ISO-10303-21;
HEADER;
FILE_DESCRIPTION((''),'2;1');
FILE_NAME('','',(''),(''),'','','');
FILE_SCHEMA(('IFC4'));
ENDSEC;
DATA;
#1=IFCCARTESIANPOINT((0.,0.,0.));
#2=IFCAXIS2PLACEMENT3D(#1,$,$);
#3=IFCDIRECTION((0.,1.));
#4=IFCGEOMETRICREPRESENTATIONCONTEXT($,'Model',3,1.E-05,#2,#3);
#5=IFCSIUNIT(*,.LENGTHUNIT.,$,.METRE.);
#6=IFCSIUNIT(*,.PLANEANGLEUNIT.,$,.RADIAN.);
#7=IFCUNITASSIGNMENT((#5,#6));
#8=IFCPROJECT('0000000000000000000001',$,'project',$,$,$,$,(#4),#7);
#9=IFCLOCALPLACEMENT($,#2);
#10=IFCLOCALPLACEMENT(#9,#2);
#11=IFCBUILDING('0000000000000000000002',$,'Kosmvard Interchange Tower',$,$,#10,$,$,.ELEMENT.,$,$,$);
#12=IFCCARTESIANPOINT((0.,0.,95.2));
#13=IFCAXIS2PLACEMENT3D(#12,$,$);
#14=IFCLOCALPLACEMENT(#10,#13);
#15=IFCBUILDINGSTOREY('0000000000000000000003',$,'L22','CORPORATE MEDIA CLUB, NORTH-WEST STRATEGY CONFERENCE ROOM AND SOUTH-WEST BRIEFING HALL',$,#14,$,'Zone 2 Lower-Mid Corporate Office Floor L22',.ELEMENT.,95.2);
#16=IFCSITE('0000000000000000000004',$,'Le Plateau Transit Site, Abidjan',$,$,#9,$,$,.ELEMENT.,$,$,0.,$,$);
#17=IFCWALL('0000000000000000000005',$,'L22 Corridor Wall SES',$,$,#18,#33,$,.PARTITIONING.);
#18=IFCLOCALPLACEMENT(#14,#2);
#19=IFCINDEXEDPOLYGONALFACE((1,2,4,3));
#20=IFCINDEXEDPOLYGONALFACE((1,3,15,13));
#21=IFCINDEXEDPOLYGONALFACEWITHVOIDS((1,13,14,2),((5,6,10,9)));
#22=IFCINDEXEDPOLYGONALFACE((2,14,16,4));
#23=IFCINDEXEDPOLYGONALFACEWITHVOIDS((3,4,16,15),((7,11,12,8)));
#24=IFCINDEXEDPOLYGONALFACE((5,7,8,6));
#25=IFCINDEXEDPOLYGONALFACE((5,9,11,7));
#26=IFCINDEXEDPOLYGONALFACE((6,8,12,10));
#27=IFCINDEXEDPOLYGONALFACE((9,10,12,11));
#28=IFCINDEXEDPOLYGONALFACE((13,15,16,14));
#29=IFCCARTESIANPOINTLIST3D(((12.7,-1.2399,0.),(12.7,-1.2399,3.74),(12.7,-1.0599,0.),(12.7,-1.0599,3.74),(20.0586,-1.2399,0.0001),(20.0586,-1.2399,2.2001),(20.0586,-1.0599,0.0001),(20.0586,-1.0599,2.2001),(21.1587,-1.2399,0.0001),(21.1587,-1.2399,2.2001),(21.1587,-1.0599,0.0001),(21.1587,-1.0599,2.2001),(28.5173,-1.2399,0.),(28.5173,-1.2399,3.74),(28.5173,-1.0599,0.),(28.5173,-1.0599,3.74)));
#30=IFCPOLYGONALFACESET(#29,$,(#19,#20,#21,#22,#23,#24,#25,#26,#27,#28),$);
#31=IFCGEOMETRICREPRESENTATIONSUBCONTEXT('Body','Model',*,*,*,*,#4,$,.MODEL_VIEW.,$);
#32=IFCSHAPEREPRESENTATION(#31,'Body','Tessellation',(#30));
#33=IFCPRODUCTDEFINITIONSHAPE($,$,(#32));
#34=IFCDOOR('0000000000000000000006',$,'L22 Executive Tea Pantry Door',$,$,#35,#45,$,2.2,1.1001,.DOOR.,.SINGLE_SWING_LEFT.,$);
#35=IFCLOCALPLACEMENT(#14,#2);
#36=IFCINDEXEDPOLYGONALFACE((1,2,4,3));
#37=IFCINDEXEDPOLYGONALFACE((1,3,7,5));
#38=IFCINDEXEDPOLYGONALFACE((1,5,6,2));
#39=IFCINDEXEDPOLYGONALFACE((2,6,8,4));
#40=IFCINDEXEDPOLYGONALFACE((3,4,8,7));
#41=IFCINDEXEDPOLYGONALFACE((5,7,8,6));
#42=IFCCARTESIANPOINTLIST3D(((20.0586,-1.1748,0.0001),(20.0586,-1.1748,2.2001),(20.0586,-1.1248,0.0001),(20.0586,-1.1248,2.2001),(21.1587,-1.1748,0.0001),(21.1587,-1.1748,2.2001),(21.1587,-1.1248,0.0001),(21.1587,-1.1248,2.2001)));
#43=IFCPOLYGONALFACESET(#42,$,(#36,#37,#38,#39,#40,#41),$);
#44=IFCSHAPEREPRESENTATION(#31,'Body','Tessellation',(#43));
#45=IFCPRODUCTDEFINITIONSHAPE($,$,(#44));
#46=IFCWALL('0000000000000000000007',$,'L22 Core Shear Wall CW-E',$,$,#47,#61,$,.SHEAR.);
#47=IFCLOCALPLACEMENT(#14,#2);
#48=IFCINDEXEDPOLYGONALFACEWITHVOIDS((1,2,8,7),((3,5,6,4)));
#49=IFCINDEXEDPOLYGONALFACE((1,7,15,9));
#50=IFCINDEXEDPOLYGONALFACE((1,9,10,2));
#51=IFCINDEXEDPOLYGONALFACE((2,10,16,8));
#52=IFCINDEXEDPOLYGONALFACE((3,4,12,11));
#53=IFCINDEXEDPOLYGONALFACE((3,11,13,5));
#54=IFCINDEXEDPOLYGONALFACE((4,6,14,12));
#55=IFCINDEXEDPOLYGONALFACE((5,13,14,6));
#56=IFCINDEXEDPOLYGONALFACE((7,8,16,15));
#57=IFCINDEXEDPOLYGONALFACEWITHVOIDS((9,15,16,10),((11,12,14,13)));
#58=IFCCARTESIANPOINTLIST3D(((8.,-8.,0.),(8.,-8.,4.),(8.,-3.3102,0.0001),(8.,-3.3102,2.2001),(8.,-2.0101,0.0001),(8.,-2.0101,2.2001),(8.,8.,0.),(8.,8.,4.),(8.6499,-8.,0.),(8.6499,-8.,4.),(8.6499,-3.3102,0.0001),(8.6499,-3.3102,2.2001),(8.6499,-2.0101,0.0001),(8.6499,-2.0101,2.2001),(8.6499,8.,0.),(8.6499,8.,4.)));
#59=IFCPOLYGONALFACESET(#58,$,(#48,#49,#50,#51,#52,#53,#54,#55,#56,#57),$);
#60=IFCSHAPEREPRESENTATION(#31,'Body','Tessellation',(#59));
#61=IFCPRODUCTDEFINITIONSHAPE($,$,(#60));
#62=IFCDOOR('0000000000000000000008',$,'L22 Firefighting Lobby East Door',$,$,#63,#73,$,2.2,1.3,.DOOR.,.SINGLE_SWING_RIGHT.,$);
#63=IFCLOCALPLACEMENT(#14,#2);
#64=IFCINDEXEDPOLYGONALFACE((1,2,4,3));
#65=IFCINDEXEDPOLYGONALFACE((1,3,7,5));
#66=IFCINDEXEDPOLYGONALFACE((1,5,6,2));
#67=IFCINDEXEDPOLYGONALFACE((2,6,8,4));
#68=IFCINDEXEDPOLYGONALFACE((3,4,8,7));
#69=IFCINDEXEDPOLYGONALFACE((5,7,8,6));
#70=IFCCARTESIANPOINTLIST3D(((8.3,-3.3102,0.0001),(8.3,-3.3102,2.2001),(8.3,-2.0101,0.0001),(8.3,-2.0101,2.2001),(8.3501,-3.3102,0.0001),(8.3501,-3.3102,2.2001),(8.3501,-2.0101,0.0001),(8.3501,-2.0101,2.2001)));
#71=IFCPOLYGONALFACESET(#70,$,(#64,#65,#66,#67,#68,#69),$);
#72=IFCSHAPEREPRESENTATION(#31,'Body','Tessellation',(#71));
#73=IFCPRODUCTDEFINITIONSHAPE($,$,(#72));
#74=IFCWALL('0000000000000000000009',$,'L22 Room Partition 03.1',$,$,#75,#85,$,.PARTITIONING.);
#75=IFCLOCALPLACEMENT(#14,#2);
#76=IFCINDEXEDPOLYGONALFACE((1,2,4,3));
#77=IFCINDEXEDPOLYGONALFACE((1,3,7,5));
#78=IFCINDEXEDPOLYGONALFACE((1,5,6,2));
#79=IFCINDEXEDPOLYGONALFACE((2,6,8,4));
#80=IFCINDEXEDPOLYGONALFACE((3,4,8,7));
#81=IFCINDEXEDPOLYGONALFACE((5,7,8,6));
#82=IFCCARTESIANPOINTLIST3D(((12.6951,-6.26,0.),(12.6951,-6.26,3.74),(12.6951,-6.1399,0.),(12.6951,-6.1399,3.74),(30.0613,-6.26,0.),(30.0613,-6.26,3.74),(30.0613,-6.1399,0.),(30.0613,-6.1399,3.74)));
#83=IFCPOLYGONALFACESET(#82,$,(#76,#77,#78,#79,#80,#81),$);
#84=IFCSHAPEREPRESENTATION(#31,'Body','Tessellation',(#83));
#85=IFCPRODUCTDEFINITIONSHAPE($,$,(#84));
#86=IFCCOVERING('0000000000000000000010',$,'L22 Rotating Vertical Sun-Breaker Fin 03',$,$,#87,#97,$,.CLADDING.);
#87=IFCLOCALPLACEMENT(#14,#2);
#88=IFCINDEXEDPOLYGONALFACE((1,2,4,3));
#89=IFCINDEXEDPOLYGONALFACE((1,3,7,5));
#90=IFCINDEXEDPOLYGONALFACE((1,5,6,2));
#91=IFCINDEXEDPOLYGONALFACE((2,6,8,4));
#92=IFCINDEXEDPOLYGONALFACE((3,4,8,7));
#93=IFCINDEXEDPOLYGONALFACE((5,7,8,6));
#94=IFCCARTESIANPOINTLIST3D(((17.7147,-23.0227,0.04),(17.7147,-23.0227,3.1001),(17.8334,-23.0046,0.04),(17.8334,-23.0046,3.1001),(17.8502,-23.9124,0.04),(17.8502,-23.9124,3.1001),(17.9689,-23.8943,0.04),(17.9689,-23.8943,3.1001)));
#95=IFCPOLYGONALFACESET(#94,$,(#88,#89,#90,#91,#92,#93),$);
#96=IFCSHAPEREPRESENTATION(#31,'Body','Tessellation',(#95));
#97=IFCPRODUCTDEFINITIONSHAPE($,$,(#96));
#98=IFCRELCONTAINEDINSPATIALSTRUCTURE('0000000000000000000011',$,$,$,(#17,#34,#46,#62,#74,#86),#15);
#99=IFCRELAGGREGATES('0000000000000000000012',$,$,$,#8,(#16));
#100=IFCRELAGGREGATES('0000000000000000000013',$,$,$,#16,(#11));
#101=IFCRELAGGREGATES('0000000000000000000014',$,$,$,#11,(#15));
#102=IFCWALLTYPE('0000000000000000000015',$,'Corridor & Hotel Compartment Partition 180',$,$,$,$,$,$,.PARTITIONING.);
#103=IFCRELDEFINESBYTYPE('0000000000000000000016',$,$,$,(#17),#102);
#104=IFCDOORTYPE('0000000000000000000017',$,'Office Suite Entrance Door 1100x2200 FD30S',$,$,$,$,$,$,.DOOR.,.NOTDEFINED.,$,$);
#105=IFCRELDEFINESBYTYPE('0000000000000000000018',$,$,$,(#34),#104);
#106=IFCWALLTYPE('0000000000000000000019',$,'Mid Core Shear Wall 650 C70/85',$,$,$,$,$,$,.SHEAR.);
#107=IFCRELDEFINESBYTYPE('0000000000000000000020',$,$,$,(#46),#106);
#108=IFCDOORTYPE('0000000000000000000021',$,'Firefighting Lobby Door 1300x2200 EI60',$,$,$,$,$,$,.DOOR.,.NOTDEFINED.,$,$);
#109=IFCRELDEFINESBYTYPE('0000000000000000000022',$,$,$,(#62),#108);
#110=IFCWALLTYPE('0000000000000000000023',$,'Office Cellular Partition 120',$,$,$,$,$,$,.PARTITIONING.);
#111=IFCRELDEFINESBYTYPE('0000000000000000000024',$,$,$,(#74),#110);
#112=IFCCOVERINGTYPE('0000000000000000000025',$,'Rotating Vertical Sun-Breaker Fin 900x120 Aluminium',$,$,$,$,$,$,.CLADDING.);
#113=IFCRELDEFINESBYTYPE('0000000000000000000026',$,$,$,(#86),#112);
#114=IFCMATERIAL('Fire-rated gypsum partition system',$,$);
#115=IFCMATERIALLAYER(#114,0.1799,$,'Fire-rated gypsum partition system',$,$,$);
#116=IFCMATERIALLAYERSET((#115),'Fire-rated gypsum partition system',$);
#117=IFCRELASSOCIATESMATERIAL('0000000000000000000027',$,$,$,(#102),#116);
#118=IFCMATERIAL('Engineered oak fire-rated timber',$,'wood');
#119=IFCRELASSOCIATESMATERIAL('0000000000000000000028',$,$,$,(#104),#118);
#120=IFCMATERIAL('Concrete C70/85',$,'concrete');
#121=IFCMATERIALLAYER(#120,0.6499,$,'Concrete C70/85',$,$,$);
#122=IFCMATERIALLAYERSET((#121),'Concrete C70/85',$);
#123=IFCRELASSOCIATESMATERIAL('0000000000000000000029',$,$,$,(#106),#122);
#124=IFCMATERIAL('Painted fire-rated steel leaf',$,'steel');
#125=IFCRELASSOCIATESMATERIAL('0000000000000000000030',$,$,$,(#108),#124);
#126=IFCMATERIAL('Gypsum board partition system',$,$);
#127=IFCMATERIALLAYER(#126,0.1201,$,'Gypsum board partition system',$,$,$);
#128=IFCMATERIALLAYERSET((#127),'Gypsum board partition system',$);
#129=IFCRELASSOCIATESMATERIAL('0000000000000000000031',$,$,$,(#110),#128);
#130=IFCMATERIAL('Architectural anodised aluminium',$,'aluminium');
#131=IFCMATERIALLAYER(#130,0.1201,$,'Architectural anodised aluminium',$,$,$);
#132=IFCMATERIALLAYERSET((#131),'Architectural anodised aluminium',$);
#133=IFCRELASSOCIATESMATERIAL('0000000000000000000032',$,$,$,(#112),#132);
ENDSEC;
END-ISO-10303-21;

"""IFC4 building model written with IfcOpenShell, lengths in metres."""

from ifc_helpers import new_model, si_unit, direction, frame, frame_2d, origin, origin_2d, place, context, subcontext, project, spatial, rectangle, extrude, source, transform, mapped, material, layer, layer_set, type_object, element, fill, save


model = new_model("IFC4")

# Units and contexts
model_context = context("Model", 3, precision=1e-05, world=origin(), true_north=direction((0.0, 1.0)))
body_context = subcontext(model_context, "Body", "Model", "MODEL_VIEW")
ifc_project = project(units=[si_unit("LENGTHUNIT", "METRE"), si_unit("PLANEANGLEUNIT", "RADIAN")], contexts=[model_context])

# Site, building, storey
site_placement = place(None, origin())
site = spatial("IfcSite", under=ifc_project, at=site_placement, Name="Le Plateau Transit Site, Abidjan", CompositionType="ELEMENT", RefElevation=0.0)
building_placement = place(site_placement, origin())
building = spatial("IfcBuilding", under=site, at=building_placement, Name="Kosmvard Interchange Tower", CompositionType="ELEMENT")
storey_placement = place(building_placement, frame((0.0, 0.0, 95.2)))
storey = spatial("IfcBuildingStorey", under=building, at=storey_placement, Name="L22", Description="CORPORATE MEDIA CLUB, NORTH-WEST STRATEGY CONFERENCE ROOM AND SOUTH-WEST BRIEFING HALL", LongName="Zone 2 Lower-Mid Corporate Office Floor L22", CompositionType="ELEMENT", Elevation=95.2)

# Shared definitions
ifc_material_1 = material(Name="Concrete C70/85", Category="concrete")

# Shared definitions
ifc_material_2 = material(Name="Fire-rated gypsum partition system")
ifc_layer_1 = layer(ifc_material_2, 0.1799, Name="Fire-rated gypsum partition system")
ifc_layer_set_1 = layer_set([ifc_layer_1], Name="Fire-rated gypsum partition system")
wall_type_1 = type_object("IfcWallType", Name="Corridor & Hotel Compartment Partition 180", PredefinedType="PARTITIONING", material=ifc_layer_set_1)

# Walls, openings, doors
wall_1_placement = place(storey_placement, frame((12.7, -1.1499, 0.0), z_axis=(0.0, 0.0, 1.0), x_axis=(1.0, 0.0, 0.0)))
wall_1 = element("IfcWall", 1, at=wall_1_placement, inside=storey, type_object=wall_type_1, Name="L22 Corridor Wall SES", PredefinedType="PARTITIONING", context=body_context, shape_type="SweptSolid", body=[
    extrude(rectangle(XDim=15.8174, YDim=0.1799, at=frame_2d((7.9087, 0.0))), origin(), (0.0, 0.0, 1.0), 3.74),
])
opening_1_placement = place(wall_1_placement, frame((7.3586, 0.0, 0.0)))
opening_1 = element("IfcOpeningElement", 2, at=opening_1_placement, cuts=wall_1, PredefinedType="OPENING", context=body_context, shape_type="SweptSolid", body=[
    extrude(rectangle(XDim=1.1001, YDim=2.2, at=frame_2d((0.55, 1.1001))), frame((0.0, 0.1001, 0.0), z_axis=(0.0, -1.0, 0.0), x_axis=(1.0, 0.0, 0.0)), (0.0, 0.0, 1.0), 0.2),
])
ifc_material_3 = material(Name="Engineered oak fire-rated timber", Category="wood")
door_type_1 = type_object("IfcDoorType", Name="Office Suite Entrance Door 1100x2200 FD30S", OperationType="NOTDEFINED", PredefinedType="DOOR", material=ifc_material_3)
shared_shape_1 = source(origin(), body_context, "Body", "SweptSolid", [
    extrude(rectangle(XDim=1.1001, YDim=2.2, at=frame_2d((0.55, 1.1001))), frame((0.0, 0.0249, 0.0), z_axis=(0.0, -1.0, 0.0), x_axis=(1.0, 0.0, 0.0)), (0.0, 0.0, 1.0), 0.05),
])
door_1_placement = place(opening_1_placement, frame((1.1001, 0.0, 0.0), z_axis=(0.0, 0.0, 1.0), x_axis=(-1.0, 0.0, 0.0)))
door_1 = element("IfcDoor", 3, at=door_1_placement, inside=storey, type_object=door_type_1, Name="L22 Executive Tea Pantry Door", OperationType="SINGLE_SWING_LEFT", OverallHeight=2.2, OverallWidth=1.1001, PredefinedType="DOOR", context=body_context, shape_type="MappedRepresentation", body=[
    mapped(shared_shape_1, transform((0.0, 0.0, 0.0), scale=1.0)),
])
fill(opening_1, door_1)
ifc_layer_2 = layer(ifc_material_1, 0.6499, Name="Concrete C70/85")
ifc_layer_set_2 = layer_set([ifc_layer_2], Name="Concrete C70/85")
wall_type_2 = type_object("IfcWallType", Name="Mid Core Shear Wall 650 C70/85", PredefinedType="SHEAR", material=ifc_layer_set_2)
wall_2_placement = place(storey_placement, frame((8.325, -8.0, 0.0), z_axis=(0.0, 0.0, 1.0), x_axis=(0.0, 1.0, 0.0)))
wall_2 = element("IfcWall", 4, at=wall_2_placement, inside=storey, type_object=wall_type_2, Name="L22 Core Shear Wall CW-E", PredefinedType="SHEAR", context=body_context, shape_type="SweptSolid", body=[
    extrude(rectangle(XDim=16.0, YDim=0.6499, at=frame_2d((8.0, 0.0))), origin(), (0.0, 0.0, 1.0), 4.0),
])
opening_2_placement = place(wall_2_placement, frame((4.6899, 0.0, 0.0)))
opening_2 = element("IfcOpeningElement", 5, at=opening_2_placement, cuts=wall_2, PredefinedType="OPENING", context=body_context, shape_type="SweptSolid", body=[
    extrude(rectangle(XDim=1.3, YDim=2.2, at=frame_2d((0.6499, 1.1001))), frame((0.0, 0.335, 0.0), z_axis=(0.0, -1.0, 0.0), x_axis=(1.0, 0.0, 0.0)), (0.0, 0.0, 1.0), 0.6699),
])
ifc_material_4 = material(Name="Painted fire-rated steel leaf", Category="steel")
door_type_2 = type_object("IfcDoorType", Name="Firefighting Lobby Door 1300x2200 EI60", OperationType="NOTDEFINED", PredefinedType="DOOR", material=ifc_material_4)
shared_shape_2 = source(origin(), body_context, "Body", "SweptSolid", [
    extrude(rectangle(XDim=1.3, YDim=2.2, at=frame_2d((0.6499, 1.1001))), frame((0.0, 0.0249, 0.0), z_axis=(0.0, -1.0, 0.0), x_axis=(1.0, 0.0, 0.0)), (0.0, 0.0, 1.0), 0.05),
])
door_2_placement = place(opening_2_placement, origin())
door_2 = element("IfcDoor", 6, at=door_2_placement, inside=storey, type_object=door_type_2, Name="L22 Firefighting Lobby East Door", OperationType="SINGLE_SWING_RIGHT", OverallHeight=2.2, OverallWidth=1.3, PredefinedType="DOOR", context=body_context, shape_type="MappedRepresentation", body=[
    mapped(shared_shape_2, transform((0.0, 0.0, 0.0), scale=1.0)),
])
fill(opening_2, door_2)

# Wall
ifc_material_5 = material(Name="Gypsum board partition system")
ifc_layer_3 = layer(ifc_material_5, 0.1201, Name="Gypsum board partition system")
ifc_layer_set_3 = layer_set([ifc_layer_3], Name="Gypsum board partition system")
wall_type_3 = type_object("IfcWallType", Name="Office Cellular Partition 120", PredefinedType="PARTITIONING", material=ifc_layer_set_3)
wall_3_placement = place(storey_placement, frame((12.6951, -6.2, 0.0), z_axis=(0.0, 0.0, 1.0), x_axis=(1.0, 0.0, 0.0)))
element("IfcWall", 7, at=wall_3_placement, inside=storey, type_object=wall_type_3, Name="L22 Room Partition 03.1", PredefinedType="PARTITIONING", context=body_context, shape_type="SweptSolid", body=[
    extrude(rectangle(XDim=17.3662, YDim=0.1201, at=frame_2d((8.6831, 0.0))), origin(), (0.0, 0.0, 1.0), 3.74),
])

# Covering
ifc_material_6 = material(Name="Architectural anodised aluminium", Category="aluminium")
ifc_layer_4 = layer(ifc_material_6, 0.1201, Name="Architectural anodised aluminium")
ifc_layer_set_4 = layer_set([ifc_layer_4], Name="Architectural anodised aluminium")
covering_type = type_object("IfcCoveringType", Name="Rotating Vertical Sun-Breaker Fin 900x120 Aluminium", PredefinedType="CLADDING", material=ifc_layer_set_4)
shared_shape_3 = source(origin(), body_context, "Body", "SweptSolid", [
    extrude(rectangle(XDim=0.8999, YDim=0.1201, at=origin_2d()), origin(), (0.0, 0.0, 1.0), 3.0601),
])
covering_placement = place(storey_placement, frame((17.8418, -23.4585, 0.04), z_axis=(0.0, 0.0, 1.0), x_axis=(0.150571, -0.988599, 0.0)))
element("IfcCovering", 8, at=covering_placement, inside=storey, type_object=covering_type, Name="L22 Rotating Vertical Sun-Breaker Fin 03", PredefinedType="CLADDING", context=body_context, shape_type="MappedRepresentation", body=[
    mapped(shared_shape_3, transform((0.0, 0.0, 0.0), scale=1.0)),
])

save(model, "model.ifc")
